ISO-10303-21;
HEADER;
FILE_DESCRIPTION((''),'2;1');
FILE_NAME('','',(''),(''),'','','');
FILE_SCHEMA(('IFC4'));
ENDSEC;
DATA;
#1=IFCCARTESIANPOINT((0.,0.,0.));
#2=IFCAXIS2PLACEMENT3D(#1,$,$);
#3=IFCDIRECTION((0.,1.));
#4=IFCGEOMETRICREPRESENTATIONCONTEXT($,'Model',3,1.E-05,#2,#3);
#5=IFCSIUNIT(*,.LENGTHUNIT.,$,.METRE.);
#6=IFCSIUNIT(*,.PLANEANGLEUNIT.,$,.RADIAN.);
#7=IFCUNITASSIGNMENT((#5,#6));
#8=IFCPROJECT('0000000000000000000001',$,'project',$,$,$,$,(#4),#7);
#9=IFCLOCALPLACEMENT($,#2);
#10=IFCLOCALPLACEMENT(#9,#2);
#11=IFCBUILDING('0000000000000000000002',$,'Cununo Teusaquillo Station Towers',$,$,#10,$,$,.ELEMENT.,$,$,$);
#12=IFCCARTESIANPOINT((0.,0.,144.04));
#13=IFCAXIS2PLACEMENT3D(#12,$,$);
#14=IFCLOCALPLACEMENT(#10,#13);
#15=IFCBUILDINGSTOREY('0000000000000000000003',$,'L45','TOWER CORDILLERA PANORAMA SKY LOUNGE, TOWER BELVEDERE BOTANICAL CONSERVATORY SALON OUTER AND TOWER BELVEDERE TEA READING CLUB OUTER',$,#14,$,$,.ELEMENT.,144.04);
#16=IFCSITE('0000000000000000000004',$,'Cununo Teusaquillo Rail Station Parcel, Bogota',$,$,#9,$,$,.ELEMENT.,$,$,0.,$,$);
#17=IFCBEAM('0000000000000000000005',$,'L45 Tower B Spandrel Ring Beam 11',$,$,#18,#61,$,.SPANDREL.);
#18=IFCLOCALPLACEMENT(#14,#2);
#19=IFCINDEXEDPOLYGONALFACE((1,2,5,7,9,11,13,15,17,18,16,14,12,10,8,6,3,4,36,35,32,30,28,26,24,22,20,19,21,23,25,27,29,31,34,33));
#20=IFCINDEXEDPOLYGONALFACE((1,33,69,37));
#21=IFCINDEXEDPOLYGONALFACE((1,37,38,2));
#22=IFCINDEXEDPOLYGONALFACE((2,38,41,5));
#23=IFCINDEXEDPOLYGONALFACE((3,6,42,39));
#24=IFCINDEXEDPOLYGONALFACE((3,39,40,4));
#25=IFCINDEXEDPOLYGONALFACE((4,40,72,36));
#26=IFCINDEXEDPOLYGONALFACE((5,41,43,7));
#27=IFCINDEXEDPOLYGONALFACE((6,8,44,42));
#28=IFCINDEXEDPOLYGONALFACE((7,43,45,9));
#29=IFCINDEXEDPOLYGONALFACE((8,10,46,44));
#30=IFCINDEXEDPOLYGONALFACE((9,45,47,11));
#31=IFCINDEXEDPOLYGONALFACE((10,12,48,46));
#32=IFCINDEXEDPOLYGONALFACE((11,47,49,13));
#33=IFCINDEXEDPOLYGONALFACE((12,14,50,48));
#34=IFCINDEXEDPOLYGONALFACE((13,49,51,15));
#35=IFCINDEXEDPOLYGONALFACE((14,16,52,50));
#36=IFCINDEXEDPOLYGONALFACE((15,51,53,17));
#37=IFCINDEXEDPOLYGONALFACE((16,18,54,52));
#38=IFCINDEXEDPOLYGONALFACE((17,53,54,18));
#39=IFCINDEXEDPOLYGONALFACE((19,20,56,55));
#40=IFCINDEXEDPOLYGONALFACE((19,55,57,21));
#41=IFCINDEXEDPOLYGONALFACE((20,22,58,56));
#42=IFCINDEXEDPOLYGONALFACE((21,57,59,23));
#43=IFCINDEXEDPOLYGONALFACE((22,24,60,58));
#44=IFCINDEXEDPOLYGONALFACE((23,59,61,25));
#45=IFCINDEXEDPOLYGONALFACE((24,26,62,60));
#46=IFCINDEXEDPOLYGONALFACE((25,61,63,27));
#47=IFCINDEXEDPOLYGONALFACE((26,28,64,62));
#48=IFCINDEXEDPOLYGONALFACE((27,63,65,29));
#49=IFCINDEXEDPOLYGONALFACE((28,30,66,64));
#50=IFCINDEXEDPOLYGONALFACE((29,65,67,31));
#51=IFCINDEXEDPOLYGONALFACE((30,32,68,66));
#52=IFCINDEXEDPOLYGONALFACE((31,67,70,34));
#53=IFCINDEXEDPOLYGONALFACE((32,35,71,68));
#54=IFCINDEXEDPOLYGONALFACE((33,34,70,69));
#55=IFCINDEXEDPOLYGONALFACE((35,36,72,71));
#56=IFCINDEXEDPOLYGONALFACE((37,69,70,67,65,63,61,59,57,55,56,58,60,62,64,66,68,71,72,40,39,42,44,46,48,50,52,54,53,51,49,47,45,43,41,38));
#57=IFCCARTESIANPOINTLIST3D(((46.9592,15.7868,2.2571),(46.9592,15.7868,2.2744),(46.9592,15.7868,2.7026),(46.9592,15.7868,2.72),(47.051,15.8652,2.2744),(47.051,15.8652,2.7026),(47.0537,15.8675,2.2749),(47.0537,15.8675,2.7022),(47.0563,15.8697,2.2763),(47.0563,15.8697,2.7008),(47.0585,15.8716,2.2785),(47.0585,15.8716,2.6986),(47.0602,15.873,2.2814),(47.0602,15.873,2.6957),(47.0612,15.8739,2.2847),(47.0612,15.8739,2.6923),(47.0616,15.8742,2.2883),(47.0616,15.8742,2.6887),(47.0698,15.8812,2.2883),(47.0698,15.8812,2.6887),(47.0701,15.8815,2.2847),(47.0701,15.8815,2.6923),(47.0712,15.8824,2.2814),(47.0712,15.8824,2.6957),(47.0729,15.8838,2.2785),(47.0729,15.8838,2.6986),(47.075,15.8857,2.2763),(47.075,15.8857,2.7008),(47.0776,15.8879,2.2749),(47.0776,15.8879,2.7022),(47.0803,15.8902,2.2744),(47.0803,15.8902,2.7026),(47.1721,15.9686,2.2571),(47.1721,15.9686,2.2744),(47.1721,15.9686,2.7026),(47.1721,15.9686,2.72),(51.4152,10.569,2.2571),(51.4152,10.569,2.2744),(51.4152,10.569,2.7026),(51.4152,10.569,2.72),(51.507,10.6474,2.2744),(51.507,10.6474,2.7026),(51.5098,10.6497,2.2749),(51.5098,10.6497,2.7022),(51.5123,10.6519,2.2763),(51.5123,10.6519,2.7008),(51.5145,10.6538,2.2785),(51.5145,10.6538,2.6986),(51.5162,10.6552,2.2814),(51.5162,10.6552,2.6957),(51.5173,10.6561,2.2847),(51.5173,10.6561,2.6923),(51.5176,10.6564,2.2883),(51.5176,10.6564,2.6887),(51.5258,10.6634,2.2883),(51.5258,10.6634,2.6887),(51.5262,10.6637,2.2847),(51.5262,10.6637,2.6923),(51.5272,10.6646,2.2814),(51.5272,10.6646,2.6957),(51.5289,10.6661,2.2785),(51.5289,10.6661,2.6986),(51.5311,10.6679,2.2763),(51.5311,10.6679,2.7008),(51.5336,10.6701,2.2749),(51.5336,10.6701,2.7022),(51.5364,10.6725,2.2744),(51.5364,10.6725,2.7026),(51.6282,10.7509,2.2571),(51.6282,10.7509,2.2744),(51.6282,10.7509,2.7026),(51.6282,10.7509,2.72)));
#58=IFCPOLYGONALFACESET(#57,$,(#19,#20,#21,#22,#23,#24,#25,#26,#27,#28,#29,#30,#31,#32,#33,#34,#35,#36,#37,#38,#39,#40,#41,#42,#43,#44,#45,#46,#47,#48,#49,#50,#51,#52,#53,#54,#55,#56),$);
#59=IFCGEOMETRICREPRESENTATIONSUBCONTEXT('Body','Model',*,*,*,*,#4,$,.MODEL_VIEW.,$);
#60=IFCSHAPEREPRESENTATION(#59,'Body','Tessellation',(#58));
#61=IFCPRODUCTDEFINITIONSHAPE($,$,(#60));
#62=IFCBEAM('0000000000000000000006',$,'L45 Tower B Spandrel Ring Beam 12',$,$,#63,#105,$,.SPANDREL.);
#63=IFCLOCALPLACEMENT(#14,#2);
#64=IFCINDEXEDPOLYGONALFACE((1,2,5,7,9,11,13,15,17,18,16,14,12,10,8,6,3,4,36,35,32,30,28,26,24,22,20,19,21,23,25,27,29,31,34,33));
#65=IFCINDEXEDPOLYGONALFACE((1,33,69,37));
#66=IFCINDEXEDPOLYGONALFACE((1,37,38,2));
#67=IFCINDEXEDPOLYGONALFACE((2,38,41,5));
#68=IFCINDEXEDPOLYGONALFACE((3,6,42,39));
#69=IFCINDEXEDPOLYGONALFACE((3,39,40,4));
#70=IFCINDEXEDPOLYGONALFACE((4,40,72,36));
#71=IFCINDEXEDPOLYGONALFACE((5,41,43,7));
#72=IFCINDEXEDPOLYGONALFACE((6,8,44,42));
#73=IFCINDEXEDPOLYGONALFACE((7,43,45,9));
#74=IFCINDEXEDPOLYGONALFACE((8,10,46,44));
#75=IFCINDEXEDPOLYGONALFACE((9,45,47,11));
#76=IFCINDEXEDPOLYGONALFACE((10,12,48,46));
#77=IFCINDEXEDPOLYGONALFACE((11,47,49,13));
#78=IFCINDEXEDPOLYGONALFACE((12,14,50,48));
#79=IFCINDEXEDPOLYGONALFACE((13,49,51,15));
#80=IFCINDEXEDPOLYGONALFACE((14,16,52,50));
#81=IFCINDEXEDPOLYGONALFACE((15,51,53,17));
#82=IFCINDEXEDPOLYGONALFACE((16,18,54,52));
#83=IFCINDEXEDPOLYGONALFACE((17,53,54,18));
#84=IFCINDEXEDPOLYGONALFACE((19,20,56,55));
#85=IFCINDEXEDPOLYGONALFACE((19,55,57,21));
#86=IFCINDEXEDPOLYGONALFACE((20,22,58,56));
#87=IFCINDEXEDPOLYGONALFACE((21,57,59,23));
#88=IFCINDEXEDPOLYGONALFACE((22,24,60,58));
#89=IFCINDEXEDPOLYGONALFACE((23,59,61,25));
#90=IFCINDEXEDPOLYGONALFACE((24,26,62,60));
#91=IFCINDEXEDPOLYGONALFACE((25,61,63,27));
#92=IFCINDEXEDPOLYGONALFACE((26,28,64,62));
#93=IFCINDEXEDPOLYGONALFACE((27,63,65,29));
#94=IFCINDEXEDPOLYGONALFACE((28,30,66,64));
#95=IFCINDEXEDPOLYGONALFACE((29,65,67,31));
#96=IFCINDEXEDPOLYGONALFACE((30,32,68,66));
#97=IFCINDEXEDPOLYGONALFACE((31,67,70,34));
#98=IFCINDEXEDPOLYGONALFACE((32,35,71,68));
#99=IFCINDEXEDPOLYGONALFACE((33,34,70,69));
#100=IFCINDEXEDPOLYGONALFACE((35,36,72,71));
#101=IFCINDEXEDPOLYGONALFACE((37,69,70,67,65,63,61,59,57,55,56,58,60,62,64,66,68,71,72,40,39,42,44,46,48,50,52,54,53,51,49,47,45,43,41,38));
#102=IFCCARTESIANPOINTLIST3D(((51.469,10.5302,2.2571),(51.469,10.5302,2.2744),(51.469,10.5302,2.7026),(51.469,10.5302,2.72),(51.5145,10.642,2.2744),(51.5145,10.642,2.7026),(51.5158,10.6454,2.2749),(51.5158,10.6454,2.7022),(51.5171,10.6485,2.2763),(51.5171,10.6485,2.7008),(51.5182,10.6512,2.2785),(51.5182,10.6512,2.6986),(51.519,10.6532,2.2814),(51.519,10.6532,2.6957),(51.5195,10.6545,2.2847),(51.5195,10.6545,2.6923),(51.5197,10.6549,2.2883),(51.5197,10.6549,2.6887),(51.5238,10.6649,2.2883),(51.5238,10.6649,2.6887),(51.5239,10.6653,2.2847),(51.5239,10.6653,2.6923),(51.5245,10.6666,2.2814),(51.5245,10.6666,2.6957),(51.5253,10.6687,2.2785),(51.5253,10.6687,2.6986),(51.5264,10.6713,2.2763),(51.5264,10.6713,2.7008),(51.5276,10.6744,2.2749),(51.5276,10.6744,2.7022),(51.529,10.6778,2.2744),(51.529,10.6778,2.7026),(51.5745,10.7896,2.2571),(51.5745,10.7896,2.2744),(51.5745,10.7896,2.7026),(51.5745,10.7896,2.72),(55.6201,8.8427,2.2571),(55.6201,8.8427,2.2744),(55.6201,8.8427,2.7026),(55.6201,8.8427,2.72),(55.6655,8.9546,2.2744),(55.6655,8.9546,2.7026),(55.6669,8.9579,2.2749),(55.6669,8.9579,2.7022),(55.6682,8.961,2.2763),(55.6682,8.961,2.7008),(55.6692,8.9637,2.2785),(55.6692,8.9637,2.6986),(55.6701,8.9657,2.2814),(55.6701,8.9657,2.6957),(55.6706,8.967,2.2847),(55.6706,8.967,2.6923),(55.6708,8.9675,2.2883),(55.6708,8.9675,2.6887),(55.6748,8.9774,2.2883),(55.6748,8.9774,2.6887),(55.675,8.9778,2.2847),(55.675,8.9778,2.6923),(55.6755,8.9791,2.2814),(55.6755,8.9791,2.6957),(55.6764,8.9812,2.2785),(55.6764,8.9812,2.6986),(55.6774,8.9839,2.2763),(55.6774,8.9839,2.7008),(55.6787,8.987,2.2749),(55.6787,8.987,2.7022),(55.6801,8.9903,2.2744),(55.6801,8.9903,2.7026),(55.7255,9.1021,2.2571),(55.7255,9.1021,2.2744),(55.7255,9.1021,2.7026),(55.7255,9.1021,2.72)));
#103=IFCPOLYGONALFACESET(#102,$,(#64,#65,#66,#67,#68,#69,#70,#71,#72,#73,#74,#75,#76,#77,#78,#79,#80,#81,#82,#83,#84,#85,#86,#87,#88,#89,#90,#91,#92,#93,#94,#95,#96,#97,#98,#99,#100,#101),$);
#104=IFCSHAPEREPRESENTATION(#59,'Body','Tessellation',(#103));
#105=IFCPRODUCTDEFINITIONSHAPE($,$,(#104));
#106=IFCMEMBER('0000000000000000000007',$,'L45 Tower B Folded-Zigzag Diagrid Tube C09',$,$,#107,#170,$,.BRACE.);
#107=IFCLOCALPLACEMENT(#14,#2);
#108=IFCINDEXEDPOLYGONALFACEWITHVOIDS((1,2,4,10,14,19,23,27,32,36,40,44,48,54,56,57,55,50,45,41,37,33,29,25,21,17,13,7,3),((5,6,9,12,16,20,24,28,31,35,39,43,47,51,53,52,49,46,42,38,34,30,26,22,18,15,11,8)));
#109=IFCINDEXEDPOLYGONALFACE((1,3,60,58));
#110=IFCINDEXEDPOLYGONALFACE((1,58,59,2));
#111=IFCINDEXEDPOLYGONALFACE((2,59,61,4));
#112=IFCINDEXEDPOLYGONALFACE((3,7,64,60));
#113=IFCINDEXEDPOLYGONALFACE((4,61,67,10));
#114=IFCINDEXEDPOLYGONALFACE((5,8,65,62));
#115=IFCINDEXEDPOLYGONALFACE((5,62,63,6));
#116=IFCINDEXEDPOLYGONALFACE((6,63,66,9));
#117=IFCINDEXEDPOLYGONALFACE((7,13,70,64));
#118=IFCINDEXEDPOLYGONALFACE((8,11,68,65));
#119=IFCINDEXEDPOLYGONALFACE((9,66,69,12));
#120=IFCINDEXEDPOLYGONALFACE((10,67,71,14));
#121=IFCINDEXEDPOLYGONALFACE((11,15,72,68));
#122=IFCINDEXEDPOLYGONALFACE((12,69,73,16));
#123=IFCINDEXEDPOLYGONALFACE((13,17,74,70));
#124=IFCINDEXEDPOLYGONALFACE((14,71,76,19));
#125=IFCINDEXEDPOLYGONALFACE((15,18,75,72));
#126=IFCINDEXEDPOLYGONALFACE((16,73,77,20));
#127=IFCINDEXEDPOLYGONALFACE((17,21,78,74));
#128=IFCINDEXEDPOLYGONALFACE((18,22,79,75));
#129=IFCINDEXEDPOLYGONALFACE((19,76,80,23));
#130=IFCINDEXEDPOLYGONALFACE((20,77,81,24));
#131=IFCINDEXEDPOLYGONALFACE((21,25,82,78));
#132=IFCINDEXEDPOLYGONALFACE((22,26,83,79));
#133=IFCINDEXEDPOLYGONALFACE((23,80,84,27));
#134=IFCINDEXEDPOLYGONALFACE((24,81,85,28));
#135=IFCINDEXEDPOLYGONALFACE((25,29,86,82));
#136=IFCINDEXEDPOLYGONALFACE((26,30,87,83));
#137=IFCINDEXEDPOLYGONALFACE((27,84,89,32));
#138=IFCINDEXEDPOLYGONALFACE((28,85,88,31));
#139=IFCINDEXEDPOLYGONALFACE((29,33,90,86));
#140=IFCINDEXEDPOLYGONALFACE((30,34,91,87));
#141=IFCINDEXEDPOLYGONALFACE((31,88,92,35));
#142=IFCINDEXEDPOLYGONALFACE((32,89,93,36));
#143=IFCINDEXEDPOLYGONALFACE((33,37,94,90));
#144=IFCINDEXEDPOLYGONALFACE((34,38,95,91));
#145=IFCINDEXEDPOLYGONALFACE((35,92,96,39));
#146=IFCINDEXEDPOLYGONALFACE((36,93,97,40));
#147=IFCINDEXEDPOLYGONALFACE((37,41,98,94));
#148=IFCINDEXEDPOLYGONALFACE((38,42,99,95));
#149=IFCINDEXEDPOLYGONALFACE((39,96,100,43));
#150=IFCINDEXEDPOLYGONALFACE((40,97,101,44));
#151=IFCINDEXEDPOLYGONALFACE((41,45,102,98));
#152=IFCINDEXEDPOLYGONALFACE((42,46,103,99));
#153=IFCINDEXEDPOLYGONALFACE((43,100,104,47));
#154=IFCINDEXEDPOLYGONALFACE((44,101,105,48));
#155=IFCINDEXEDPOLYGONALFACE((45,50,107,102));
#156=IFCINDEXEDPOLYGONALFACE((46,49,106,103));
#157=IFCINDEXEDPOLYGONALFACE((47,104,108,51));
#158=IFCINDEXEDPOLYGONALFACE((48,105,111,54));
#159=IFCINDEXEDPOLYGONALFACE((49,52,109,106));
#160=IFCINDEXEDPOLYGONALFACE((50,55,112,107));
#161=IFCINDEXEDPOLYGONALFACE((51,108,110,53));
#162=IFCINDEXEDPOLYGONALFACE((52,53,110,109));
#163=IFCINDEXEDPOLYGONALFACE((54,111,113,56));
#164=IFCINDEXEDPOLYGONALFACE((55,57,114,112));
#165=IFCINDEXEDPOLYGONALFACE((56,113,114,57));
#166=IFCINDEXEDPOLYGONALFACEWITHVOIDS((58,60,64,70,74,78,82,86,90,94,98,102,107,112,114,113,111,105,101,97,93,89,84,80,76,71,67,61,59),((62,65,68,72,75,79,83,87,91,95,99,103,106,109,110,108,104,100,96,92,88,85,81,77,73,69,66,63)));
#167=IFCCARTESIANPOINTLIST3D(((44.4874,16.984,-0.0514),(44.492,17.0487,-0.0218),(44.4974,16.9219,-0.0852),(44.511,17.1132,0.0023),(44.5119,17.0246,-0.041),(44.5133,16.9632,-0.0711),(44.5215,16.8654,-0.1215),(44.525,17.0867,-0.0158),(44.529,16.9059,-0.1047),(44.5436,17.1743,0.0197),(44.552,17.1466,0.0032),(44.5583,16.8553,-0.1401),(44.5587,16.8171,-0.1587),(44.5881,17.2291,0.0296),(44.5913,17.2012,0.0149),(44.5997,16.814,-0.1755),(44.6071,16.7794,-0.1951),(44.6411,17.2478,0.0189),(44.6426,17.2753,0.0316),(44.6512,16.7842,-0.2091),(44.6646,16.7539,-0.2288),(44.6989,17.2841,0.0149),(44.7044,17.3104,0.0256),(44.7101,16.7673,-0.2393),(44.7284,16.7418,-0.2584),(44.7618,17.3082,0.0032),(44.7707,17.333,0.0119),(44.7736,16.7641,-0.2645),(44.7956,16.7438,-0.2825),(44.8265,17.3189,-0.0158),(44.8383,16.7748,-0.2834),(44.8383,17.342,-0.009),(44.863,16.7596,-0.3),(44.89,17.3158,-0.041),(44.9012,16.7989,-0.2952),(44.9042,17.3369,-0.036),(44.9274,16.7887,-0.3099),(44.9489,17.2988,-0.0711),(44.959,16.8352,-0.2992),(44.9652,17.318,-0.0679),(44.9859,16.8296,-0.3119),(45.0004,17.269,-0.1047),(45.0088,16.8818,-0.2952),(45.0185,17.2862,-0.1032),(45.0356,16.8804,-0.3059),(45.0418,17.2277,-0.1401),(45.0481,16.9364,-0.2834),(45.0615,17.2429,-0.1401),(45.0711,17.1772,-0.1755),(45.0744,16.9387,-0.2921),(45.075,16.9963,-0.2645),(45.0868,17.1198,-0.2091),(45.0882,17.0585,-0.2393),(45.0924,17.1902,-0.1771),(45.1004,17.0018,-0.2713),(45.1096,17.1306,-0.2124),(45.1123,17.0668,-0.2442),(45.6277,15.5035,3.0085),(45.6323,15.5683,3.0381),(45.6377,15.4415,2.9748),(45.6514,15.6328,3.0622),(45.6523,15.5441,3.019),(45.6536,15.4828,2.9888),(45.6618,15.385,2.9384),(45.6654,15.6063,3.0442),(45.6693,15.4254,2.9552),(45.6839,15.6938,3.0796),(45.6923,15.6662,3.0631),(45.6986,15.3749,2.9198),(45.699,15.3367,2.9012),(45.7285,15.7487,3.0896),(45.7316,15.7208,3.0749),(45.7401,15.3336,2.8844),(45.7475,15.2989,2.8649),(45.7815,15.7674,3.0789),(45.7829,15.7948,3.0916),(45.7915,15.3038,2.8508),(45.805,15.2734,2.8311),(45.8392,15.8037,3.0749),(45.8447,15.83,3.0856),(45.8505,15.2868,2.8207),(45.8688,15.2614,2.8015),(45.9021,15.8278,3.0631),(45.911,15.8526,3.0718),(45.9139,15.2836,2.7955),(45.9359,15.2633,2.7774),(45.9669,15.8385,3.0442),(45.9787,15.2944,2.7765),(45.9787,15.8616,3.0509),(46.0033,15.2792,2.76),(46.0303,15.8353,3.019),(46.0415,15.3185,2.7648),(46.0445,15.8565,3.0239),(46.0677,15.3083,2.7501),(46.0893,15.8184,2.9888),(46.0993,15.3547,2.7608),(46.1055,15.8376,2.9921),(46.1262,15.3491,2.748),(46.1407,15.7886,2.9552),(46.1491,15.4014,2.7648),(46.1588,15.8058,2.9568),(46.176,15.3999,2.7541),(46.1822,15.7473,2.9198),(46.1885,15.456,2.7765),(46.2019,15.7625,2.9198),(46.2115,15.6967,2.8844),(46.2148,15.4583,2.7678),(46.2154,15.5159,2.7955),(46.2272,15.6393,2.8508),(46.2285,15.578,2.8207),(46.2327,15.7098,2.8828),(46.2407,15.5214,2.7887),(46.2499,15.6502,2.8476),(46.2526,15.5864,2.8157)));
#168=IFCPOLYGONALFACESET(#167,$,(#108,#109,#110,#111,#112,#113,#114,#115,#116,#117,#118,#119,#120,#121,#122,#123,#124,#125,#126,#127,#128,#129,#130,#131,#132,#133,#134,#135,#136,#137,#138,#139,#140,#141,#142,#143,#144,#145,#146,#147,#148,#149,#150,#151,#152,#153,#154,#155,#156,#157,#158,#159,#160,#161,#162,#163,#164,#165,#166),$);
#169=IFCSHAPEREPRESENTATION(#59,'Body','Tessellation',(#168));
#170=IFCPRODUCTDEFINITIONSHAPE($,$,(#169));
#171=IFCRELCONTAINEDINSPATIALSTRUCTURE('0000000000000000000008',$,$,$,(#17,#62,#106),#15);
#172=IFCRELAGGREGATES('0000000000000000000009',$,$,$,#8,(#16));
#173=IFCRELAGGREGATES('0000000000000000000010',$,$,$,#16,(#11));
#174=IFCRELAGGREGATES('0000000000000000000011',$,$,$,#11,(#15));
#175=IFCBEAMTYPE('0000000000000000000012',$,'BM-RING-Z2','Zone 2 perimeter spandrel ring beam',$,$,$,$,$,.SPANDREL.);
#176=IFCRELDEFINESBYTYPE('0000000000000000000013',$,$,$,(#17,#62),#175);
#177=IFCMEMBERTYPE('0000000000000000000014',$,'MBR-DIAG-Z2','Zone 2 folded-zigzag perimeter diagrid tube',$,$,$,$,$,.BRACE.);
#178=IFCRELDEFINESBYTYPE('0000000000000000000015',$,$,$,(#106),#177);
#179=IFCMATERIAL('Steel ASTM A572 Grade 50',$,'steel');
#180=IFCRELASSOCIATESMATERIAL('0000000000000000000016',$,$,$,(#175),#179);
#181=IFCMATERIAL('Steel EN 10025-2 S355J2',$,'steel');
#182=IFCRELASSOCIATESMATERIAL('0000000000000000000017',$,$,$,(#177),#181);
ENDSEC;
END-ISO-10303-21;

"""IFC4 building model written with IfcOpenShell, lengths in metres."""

from ifc_helpers import new_model, si_unit, direction, frame, origin, origin_2d, place, context, subcontext, project, spatial, hollow_circle, i_section, extrude, material, material_profile, profile_set, type_object, element, save


model = new_model("IFC4")

# Units and contexts
model_context = context("Model", 3, precision=1e-05, world=origin(), true_north=direction((0.0, 1.0)))
body_context = subcontext(model_context, "Body", "Model", "MODEL_VIEW")
ifc_project = project(units=[si_unit("LENGTHUNIT", "METRE"), si_unit("PLANEANGLEUNIT", "RADIAN")], contexts=[model_context])

# Site, building, storey
site_placement = place(None, origin())
site = spatial("IfcSite", under=ifc_project, at=site_placement, Name="Cununo Teusaquillo Rail Station Parcel, Bogota", CompositionType="ELEMENT", RefElevation=0.0)
building_placement = place(site_placement, origin())
building = spatial("IfcBuilding", under=site, at=building_placement, Name="Cununo Teusaquillo Station Towers", CompositionType="ELEMENT")
storey_placement = place(building_placement, frame((0.0, 0.0, 144.04)))
storey = spatial("IfcBuildingStorey", under=building, at=storey_placement, Name="L45", Description="TOWER CORDILLERA PANORAMA SKY LOUNGE, TOWER BELVEDERE BOTANICAL CONSERVATORY SALON OUTER AND TOWER BELVEDERE TEA READING CLUB OUTER", CompositionType="ELEMENT", Elevation=144.04)

# Beams
ifc_material_1 = material(Name="Steel ASTM A572 Grade 50", Category="steel")
ifc_material_profile_1 = material_profile(ifc_material_1, i_section(OverallWidth=0.28, OverallDepth=0.4629, WebThickness=0.0107, FlangeThickness=0.0173, FilletRadius=0.0139, at=origin_2d()), Name="W18X76")
ifc_profile_set_1 = profile_set([ifc_material_profile_1], Name="Steel ASTM A572 Grade 50")
beam_type_1 = type_object("IfcBeamType", Name="BM-RING-Z2", Description="Zone 2 perimeter spandrel ring beam", PredefinedType="SPANDREL", material=ifc_profile_set_1)
beam_1_placement = place(storey_placement, frame((47.0657, 15.8777, 2.4885), z_axis=(0.649419, -0.760431, 0.0), x_axis=(0.760431, 0.649419, 0.0)))
element("IfcBeam", 1, at=beam_1_placement, inside=storey, type_object=beam_type_1, Name="L45 Tower B Spandrel Ring Beam 11", PredefinedType="SPANDREL", context=body_context, shape_type="SweptSolid", body=[
    extrude(i_section(OverallWidth=0.28, OverallDepth=0.4629, WebThickness=0.0107, FlangeThickness=0.0173, FilletRadius=0.0139, at=origin_2d()), origin(), (0.0, 0.0, 1.0), 6.8616),
])
beam_2_placement = place(storey_placement, frame((51.5217, 10.6599, 2.4885), z_axis=(0.92638, -0.376589, 0.0), x_axis=(0.376589, 0.92638, 0.0)))
element("IfcBeam", 2, at=beam_2_placement, inside=storey, type_object=beam_type_1, Name="L45 Tower B Spandrel Ring Beam 12", PredefinedType="SPANDREL", context=body_context, shape_type="SweptSolid", body=[
    extrude(i_section(OverallWidth=0.28, OverallDepth=0.4629, WebThickness=0.0107, FlangeThickness=0.0173, FilletRadius=0.0139, at=origin_2d()), origin(), (0.0, 0.0, 1.0), 4.481),
])

# Member
ifc_material_2 = material(Name="Steel EN 10025-2 S355J2", Category="steel")
ifc_material_profile_2 = material_profile(ifc_material_2, hollow_circle(Radius=0.3301, WallThickness=0.0249, at=origin_2d()), Name="CHS 660x25")
ifc_profile_set_2 = profile_set([ifc_material_profile_2], Name="Steel EN 10025-2 S355J2")
member_type = type_object("IfcMemberType", Name="MBR-DIAG-Z2", Description="Zone 2 folded-zigzag perimeter diagrid tube", PredefinedType="BRACE", material=ifc_profile_set_2)
member_placement = place(storey_placement, frame((44.8, 17.0415, -0.1401), z_axis=(0.318049, -0.412898, 0.85344), x_axis=(0.792221, 0.610235, 0.0)))
element("IfcMember", 3, at=member_placement, inside=storey, type_object=member_type, Name="L45 Tower B Folded-Zigzag Diagrid Tube C09", PredefinedType="BRACE", context=body_context, shape_type="SweptSolid", body=[
    extrude(hollow_circle(Radius=0.3301, WallThickness=0.0249, at=origin_2d()), origin(), (0.0, 0.0, 1.0), 3.5854),
])

save(model, "model.ifc")
